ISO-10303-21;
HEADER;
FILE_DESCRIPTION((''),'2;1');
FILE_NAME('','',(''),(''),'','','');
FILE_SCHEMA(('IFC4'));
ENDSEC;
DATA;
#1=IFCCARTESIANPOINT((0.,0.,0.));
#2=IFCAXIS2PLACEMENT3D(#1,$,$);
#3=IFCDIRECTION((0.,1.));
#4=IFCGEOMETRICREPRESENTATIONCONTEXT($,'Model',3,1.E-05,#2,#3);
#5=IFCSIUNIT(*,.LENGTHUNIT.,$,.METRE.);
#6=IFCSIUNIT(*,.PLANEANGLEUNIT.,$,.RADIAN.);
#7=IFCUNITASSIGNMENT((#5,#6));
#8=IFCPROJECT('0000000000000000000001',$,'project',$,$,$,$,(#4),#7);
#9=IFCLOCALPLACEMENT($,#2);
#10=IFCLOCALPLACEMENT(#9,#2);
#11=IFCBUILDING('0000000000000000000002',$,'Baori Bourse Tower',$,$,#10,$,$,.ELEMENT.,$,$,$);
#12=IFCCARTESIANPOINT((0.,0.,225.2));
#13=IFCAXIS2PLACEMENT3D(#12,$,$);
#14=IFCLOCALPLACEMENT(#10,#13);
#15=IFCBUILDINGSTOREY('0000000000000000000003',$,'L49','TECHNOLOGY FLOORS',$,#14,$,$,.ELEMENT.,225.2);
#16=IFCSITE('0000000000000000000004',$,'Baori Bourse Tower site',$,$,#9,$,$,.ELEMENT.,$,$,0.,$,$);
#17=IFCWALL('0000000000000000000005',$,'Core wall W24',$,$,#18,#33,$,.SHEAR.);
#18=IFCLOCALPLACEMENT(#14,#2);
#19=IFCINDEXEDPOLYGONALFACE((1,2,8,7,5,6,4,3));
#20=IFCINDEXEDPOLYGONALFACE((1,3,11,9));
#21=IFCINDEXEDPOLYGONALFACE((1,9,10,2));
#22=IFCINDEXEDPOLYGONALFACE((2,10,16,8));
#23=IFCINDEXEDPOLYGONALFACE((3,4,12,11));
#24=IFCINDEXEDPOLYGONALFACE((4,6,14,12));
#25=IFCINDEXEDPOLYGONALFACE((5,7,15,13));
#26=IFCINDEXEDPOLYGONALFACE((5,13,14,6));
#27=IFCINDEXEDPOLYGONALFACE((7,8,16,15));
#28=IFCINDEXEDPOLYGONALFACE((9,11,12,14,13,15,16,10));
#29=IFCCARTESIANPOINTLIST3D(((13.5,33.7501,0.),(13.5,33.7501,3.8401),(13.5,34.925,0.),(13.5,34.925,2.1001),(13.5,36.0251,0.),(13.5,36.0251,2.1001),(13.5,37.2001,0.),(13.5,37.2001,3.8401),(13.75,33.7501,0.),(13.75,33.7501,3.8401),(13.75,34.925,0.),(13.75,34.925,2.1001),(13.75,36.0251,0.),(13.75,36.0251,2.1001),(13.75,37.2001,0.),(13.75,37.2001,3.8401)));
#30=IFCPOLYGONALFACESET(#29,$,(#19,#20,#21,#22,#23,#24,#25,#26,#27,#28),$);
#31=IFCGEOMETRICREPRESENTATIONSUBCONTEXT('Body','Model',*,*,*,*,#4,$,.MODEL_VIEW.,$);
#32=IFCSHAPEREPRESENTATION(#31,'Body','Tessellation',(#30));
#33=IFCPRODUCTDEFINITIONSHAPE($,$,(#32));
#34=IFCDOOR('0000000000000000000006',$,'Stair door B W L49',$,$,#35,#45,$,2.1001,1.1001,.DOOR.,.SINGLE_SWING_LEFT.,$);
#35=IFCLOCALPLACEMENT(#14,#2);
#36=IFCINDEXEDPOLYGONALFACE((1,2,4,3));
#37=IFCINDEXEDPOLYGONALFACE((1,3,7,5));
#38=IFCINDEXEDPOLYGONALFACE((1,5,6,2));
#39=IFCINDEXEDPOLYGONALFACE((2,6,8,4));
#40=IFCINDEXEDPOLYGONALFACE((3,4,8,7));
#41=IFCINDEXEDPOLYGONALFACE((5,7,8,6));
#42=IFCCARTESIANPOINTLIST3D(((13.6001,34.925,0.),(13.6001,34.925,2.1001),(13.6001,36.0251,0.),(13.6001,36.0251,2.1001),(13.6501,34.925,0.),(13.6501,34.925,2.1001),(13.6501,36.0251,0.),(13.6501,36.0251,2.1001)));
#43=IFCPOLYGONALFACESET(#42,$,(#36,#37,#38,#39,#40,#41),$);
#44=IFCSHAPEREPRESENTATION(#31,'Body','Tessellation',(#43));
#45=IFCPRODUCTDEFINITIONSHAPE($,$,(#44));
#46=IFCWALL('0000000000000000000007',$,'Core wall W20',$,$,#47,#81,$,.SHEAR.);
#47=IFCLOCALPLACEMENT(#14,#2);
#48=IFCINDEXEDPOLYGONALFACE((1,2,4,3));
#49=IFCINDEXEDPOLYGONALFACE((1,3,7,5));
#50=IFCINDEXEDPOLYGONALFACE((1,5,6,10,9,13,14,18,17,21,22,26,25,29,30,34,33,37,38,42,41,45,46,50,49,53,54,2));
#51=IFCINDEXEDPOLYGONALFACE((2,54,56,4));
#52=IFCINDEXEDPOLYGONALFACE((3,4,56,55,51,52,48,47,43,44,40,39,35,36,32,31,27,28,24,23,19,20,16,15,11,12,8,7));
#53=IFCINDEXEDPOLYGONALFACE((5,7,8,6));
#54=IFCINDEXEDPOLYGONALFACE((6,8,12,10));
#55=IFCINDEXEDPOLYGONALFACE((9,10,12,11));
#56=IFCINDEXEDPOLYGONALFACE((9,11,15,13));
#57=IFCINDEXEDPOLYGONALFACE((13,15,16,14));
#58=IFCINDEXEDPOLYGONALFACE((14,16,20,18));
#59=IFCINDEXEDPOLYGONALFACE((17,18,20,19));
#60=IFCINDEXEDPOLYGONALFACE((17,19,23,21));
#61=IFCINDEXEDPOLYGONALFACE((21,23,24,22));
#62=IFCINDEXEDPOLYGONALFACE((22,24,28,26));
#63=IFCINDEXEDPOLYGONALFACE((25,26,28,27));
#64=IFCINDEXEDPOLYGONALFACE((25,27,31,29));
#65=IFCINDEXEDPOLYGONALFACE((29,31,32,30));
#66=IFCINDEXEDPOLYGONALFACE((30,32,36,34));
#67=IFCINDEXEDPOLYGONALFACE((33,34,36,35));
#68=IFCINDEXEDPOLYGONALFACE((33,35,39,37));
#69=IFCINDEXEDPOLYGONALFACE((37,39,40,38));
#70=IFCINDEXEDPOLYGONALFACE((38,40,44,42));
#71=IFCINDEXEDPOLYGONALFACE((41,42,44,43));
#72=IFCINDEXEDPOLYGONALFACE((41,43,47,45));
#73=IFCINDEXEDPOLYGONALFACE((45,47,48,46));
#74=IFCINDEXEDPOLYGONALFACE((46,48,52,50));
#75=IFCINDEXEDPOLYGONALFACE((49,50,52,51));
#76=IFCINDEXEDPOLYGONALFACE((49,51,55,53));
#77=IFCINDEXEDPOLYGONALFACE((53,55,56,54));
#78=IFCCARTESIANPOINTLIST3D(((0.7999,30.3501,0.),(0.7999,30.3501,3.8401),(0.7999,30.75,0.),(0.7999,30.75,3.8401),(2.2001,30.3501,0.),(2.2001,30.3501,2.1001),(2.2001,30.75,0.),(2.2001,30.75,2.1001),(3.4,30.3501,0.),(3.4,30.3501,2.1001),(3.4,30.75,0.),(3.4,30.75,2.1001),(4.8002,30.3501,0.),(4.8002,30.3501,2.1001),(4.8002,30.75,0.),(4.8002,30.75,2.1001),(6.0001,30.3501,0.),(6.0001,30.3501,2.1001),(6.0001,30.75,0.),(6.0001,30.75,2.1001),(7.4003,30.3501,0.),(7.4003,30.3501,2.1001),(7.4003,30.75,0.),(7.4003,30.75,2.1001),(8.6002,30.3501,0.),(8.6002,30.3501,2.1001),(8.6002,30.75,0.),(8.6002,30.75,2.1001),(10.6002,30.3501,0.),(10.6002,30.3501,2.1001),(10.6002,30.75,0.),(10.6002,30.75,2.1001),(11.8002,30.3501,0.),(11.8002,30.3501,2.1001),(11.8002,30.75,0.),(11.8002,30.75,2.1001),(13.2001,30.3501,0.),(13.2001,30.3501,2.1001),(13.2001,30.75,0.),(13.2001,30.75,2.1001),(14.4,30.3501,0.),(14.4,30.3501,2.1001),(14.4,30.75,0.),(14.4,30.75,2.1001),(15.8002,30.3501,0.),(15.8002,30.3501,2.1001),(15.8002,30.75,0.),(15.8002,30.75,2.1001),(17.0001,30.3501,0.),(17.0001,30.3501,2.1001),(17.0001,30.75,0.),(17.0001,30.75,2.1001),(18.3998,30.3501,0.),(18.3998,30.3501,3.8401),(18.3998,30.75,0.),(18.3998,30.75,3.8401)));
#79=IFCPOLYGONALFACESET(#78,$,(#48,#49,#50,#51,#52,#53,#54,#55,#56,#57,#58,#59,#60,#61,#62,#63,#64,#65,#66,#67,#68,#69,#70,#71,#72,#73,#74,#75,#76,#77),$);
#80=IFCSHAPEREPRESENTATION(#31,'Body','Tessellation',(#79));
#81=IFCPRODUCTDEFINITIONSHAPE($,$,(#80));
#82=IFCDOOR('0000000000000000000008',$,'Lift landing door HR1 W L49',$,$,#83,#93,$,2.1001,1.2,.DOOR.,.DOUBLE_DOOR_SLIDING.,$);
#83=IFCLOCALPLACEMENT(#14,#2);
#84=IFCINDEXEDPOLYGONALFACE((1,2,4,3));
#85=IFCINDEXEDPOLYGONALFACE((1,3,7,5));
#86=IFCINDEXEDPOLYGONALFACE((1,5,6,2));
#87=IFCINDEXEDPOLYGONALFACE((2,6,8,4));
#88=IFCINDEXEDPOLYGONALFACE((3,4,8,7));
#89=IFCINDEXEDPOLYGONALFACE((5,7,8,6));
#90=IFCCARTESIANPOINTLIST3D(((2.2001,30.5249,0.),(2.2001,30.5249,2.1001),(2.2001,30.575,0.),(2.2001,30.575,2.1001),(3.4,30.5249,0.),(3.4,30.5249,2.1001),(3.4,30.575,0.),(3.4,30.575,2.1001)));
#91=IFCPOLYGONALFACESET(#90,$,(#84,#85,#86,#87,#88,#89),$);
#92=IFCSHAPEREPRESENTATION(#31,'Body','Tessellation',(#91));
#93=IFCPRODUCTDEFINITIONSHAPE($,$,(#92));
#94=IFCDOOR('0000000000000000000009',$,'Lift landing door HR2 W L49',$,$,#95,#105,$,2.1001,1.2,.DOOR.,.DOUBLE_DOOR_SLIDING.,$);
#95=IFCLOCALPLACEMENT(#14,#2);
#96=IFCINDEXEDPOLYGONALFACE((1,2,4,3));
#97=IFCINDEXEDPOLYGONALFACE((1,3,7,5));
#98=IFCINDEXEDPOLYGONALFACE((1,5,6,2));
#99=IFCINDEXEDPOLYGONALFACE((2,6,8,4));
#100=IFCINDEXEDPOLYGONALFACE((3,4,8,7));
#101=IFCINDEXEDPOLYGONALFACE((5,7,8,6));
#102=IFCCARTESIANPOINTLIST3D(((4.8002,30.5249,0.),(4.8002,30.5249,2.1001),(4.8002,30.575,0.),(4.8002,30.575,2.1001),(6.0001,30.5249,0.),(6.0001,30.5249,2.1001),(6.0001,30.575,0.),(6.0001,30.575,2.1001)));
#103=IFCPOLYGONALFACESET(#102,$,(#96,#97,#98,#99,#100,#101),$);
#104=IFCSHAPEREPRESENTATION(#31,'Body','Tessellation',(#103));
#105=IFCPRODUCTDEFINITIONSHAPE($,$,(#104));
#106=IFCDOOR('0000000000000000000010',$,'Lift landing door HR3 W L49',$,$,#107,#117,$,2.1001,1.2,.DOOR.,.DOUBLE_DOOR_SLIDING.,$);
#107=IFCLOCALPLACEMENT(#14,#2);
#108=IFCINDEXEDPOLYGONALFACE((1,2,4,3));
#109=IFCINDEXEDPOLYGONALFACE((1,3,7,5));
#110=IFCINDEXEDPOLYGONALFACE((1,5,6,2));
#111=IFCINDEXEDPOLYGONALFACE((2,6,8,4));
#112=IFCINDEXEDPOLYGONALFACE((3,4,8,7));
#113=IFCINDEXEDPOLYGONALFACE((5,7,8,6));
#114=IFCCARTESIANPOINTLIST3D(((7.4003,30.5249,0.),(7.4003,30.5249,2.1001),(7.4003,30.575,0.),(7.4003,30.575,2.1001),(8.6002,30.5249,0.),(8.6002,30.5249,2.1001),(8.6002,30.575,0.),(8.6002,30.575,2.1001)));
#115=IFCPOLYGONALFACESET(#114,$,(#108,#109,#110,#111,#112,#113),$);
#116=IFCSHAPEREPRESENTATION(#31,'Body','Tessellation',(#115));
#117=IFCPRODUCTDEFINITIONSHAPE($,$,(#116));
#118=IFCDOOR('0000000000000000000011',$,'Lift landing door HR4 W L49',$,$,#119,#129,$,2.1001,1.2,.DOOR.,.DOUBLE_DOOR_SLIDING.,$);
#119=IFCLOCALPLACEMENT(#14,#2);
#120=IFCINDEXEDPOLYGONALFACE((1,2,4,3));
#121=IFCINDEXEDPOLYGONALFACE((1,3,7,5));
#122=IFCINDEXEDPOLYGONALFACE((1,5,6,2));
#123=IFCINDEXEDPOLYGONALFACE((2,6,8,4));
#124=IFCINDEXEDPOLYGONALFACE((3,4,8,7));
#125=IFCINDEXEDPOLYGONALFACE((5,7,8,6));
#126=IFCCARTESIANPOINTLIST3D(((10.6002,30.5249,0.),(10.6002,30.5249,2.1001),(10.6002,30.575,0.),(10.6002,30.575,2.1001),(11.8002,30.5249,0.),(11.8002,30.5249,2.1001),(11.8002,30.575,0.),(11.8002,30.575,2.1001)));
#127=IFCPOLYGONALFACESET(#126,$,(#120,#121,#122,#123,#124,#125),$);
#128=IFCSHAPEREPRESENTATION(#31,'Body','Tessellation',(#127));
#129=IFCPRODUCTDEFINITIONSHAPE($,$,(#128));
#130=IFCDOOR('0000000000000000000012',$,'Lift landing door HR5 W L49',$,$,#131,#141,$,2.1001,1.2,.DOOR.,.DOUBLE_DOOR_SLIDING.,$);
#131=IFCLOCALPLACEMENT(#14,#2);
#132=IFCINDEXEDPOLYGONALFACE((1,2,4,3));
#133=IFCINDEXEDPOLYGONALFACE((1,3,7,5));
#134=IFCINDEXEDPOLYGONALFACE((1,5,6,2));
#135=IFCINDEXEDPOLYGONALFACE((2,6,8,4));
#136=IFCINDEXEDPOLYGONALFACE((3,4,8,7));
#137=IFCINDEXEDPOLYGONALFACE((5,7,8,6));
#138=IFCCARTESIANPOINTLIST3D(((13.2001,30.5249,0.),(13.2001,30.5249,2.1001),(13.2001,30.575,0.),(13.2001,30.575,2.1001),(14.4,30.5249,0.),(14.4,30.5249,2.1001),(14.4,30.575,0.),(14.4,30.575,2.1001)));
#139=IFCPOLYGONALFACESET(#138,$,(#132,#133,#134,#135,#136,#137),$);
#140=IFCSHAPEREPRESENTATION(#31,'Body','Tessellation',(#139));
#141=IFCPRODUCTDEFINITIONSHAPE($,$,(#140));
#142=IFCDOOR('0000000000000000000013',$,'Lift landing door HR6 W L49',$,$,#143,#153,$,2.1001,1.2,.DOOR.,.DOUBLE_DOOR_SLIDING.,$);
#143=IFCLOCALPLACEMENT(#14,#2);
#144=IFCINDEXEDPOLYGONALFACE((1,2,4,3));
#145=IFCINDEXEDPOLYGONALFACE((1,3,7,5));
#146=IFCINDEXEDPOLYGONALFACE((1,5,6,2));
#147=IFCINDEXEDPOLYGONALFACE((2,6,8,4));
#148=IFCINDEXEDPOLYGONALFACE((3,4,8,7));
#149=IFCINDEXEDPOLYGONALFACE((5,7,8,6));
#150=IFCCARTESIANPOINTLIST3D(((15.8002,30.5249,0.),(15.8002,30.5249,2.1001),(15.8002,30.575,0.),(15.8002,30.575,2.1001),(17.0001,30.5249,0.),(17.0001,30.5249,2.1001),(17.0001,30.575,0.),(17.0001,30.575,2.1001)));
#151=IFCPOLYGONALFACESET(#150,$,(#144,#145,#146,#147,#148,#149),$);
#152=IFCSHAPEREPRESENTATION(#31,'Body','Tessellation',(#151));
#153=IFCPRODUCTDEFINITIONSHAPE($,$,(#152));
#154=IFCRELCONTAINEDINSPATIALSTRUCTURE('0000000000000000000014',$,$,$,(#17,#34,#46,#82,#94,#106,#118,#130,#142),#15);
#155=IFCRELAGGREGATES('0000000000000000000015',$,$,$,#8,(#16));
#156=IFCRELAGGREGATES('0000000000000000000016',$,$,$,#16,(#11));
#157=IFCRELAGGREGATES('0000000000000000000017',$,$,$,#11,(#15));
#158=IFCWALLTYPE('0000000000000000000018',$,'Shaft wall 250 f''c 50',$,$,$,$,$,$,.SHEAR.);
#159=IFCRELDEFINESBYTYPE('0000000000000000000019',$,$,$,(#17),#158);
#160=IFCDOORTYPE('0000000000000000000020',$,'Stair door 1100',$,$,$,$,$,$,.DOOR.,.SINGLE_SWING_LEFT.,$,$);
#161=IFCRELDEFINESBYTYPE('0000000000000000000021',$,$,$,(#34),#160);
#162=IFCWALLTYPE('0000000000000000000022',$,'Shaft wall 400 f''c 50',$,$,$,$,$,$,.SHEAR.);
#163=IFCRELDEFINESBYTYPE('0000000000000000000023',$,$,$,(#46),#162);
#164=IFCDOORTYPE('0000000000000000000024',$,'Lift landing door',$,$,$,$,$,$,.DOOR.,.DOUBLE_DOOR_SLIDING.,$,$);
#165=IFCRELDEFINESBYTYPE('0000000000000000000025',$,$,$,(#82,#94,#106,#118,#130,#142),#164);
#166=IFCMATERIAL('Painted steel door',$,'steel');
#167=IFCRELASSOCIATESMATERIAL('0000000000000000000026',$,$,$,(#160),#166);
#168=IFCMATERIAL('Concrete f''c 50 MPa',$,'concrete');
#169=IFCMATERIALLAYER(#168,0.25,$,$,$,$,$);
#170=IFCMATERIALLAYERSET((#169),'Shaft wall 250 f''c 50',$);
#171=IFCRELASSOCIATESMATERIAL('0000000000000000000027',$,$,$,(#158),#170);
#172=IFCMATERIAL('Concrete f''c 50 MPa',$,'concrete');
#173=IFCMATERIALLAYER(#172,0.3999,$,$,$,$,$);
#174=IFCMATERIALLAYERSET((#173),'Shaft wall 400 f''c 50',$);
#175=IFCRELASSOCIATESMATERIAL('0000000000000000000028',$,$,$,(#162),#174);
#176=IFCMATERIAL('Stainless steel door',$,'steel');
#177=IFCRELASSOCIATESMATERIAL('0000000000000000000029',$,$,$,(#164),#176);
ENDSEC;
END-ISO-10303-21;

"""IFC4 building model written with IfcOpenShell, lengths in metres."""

from ifc_helpers import new_model, si_unit, direction, frame, frame_2d, origin, place, context, subcontext, project, spatial, rectangle, extrude, material, layer, layer_set, type_object, element, fill, save


model = new_model("IFC4")

# Units and contexts
model_context = context("Model", 3, precision=1e-05, world=origin(), true_north=direction((0.0, 1.0)))
body_context = subcontext(model_context, "Body", "Model", "MODEL_VIEW")
ifc_project = project(units=[si_unit("LENGTHUNIT", "METRE"), si_unit("PLANEANGLEUNIT", "RADIAN")], contexts=[model_context])

# Site, building, storey
site_placement = place(None, origin())
site = spatial("IfcSite", under=ifc_project, at=site_placement, Name="Baori Bourse Tower site", CompositionType="ELEMENT", RefElevation=0.0)
building_placement = place(site_placement, origin())
building = spatial("IfcBuilding", under=site, at=building_placement, Name="Baori Bourse Tower", CompositionType="ELEMENT")
storey_placement = place(building_placement, frame((0.0, 0.0, 225.2)))
storey = spatial("IfcBuildingStorey", under=building, at=storey_placement, Name="L49", Description="TECHNOLOGY FLOORS", CompositionType="ELEMENT", Elevation=225.2)

# Shared definitions
ifc_material_1 = material(Name="Painted steel door", Category="steel")
door_type_1 = type_object("IfcDoorType", Name="Stair door 1100", OperationType="SINGLE_SWING_LEFT", PredefinedType="DOOR", material=ifc_material_1)

# Wall, opening, door
ifc_material_2 = material(Name="Concrete f'c 50 MPa", Category="concrete")
ifc_layer_1 = layer(ifc_material_2, 0.25)
ifc_layer_set_1 = layer_set([ifc_layer_1], Name="Shaft wall 250 f'c 50")
wall_type_1 = type_object("IfcWallType", Name="Shaft wall 250 f'c 50", PredefinedType="SHEAR", material=ifc_layer_set_1)
wall_1_placement = place(storey_placement, frame((13.625, 33.75, 0.0), z_axis=(0.0, 0.0, 1.0), x_axis=(0.0, 1.0, 0.0)))
wall_1 = element("IfcWall", 1, at=wall_1_placement, inside=storey, type_object=wall_type_1, Name="Core wall W24", PredefinedType="SHEAR", context=body_context, shape_type="SweptSolid", body=[
    extrude(rectangle(XDim=3.45, YDim=0.25, at=frame_2d((1.7251, 0.0))), origin(), (0.0, 0.0, 1.0), 3.8401),
])
opening_1_placement = place(wall_1_placement, frame((1.175, 0.0, 0.0)))
opening_1 = element("IfcOpeningElement", 2, at=opening_1_placement, cuts=wall_1, PredefinedType="OPENING", context=body_context, shape_type="SweptSolid", body=[
    extrude(rectangle(XDim=1.1001, YDim=2.1001, at=frame_2d((0.55, 1.05))), frame((0.0, 0.135, 0.0), z_axis=(0.0, -1.0, 0.0), x_axis=(1.0, 0.0, 0.0)), (0.0, 0.0, 1.0), 0.27),
])
door_1_placement = place(opening_1_placement, origin())
door_1 = element("IfcDoor", 3, at=door_1_placement, inside=storey, type_object=door_type_1, Name="Stair door B W L49", OperationType="SINGLE_SWING_LEFT", OverallHeight=2.1001, OverallWidth=1.1001, PredefinedType="DOOR", context=body_context, shape_type="SweptSolid", body=[
    extrude(rectangle(XDim=1.1001, YDim=2.1001, at=frame_2d((0.55, 1.05))), frame((0.0, 0.0249, 0.0), z_axis=(0.0, -1.0, 0.0), x_axis=(1.0, 0.0, 0.0)), (0.0, 0.0, 1.0), 0.05),
])
fill(opening_1, door_1)

# Wall, openings, doors
ifc_material_3 = material(Name="Concrete f'c 50 MPa", Category="concrete")
ifc_layer_2 = layer(ifc_material_3, 0.3999)
ifc_layer_set_2 = layer_set([ifc_layer_2], Name="Shaft wall 400 f'c 50")
wall_type_2 = type_object("IfcWallType", Name="Shaft wall 400 f'c 50", PredefinedType="SHEAR", material=ifc_layer_set_2)
wall_2_placement = place(storey_placement, frame((0.8, 30.55, 0.0), z_axis=(0.0, 0.0, 1.0), x_axis=(1.0, 0.0, 0.0)))
wall_2 = element("IfcWall", 4, at=wall_2_placement, inside=storey, type_object=wall_type_2, Name="Core wall W20", PredefinedType="SHEAR", context=body_context, shape_type="SweptSolid", body=[
    extrude(rectangle(XDim=17.5999, YDim=0.3999, at=frame_2d((8.7998, 0.0))), origin(), (0.0, 0.0, 1.0), 3.8401),
])
opening_2_placement = place(wall_2_placement, frame((1.3999, 0.0, 0.0)))
opening_2 = element("IfcOpeningElement", 5, at=opening_2_placement, cuts=wall_2, PredefinedType="OPENING", context=body_context, shape_type="SweptSolid", body=[
    extrude(rectangle(XDim=1.2, YDim=2.1001, at=frame_2d((0.6001, 1.05))), frame((0.0, 0.21, 0.0), z_axis=(0.0, -1.0, 0.0), x_axis=(1.0, 0.0, 0.0)), (0.0, 0.0, 1.0), 0.4199),
])
opening_3_placement = place(wall_2_placement, frame((4.0, 0.0, 0.0)))
opening_3 = element("IfcOpeningElement", 6, at=opening_3_placement, cuts=wall_2, PredefinedType="OPENING", context=body_context, shape_type="SweptSolid", body=[
    extrude(rectangle(XDim=1.2, YDim=2.1001, at=frame_2d((0.6001, 1.05))), frame((0.0, 0.21, 0.0), z_axis=(0.0, -1.0, 0.0), x_axis=(1.0, 0.0, 0.0)), (0.0, 0.0, 1.0), 0.4199),
])
opening_4_placement = place(wall_2_placement, frame((6.6001, 0.0, 0.0)))
opening_4 = element("IfcOpeningElement", 7, at=opening_4_placement, cuts=wall_2, PredefinedType="OPENING", context=body_context, shape_type="SweptSolid", body=[
    extrude(rectangle(XDim=1.2, YDim=2.1001, at=frame_2d((0.6001, 1.05))), frame((0.0, 0.21, 0.0), z_axis=(0.0, -1.0, 0.0), x_axis=(1.0, 0.0, 0.0)), (0.0, 0.0, 1.0), 0.4199),
])
opening_5_placement = place(wall_2_placement, frame((9.8, 0.0, 0.0)))
opening_5 = element("IfcOpeningElement", 8, at=opening_5_placement, cuts=wall_2, PredefinedType="OPENING", context=body_context, shape_type="SweptSolid", body=[
    extrude(rectangle(XDim=1.2, YDim=2.1001, at=frame_2d((0.6001, 1.05))), frame((0.0, 0.21, 0.0), z_axis=(0.0, -1.0, 0.0), x_axis=(1.0, 0.0, 0.0)), (0.0, 0.0, 1.0), 0.4199),
])
opening_6_placement = place(wall_2_placement, frame((12.3999, 0.0, 0.0)))
opening_6 = element("IfcOpeningElement", 9, at=opening_6_placement, cuts=wall_2, PredefinedType="OPENING", context=body_context, shape_type="SweptSolid", body=[
    extrude(rectangle(XDim=1.2, YDim=2.1001, at=frame_2d((0.6001, 1.05))), frame((0.0, 0.21, 0.0), z_axis=(0.0, -1.0, 0.0), x_axis=(1.0, 0.0, 0.0)), (0.0, 0.0, 1.0), 0.4199),
])
opening_7_placement = place(wall_2_placement, frame((15.0, 0.0, 0.0)))
opening_7 = element("IfcOpeningElement", 10, at=opening_7_placement, cuts=wall_2, PredefinedType="OPENING", context=body_context, shape_type="SweptSolid", body=[
    extrude(rectangle(XDim=1.2, YDim=2.1001, at=frame_2d((0.6001, 1.05))), frame((0.0, 0.21, 0.0), z_axis=(0.0, -1.0, 0.0), x_axis=(1.0, 0.0, 0.0)), (0.0, 0.0, 1.0), 0.4199),
])
ifc_material_4 = material(Name="Stainless steel door", Category="steel")
door_type_2 = type_object("IfcDoorType", Name="Lift landing door", OperationType="DOUBLE_DOOR_SLIDING", PredefinedType="DOOR", material=ifc_material_4)
door_2_placement = place(opening_2_placement, origin())
door_2 = element("IfcDoor", 11, at=door_2_placement, inside=storey, type_object=door_type_2, Name="Lift landing door HR1 W L49", OperationType="DOUBLE_DOOR_SLIDING", OverallHeight=2.1001, OverallWidth=1.2, PredefinedType="DOOR", context=body_context, shape_type="SweptSolid", body=[
    extrude(rectangle(XDim=1.2, YDim=2.1001, at=frame_2d((0.6001, 1.05))), frame((0.0, 0.0249, 0.0), z_axis=(0.0, -1.0, 0.0), x_axis=(1.0, 0.0, 0.0)), (0.0, 0.0, 1.0), 0.05),
])
fill(opening_2, door_2)
door_3_placement = place(opening_3_placement, origin())
door_3 = element("IfcDoor", 12, at=door_3_placement, inside=storey, type_object=door_type_2, Name="Lift landing door HR2 W L49", OperationType="DOUBLE_DOOR_SLIDING", OverallHeight=2.1001, OverallWidth=1.2, PredefinedType="DOOR", context=body_context, shape_type="SweptSolid", body=[
    extrude(rectangle(XDim=1.2, YDim=2.1001, at=frame_2d((0.6001, 1.05))), frame((0.0, 0.0249, 0.0), z_axis=(0.0, -1.0, 0.0), x_axis=(1.0, 0.0, 0.0)), (0.0, 0.0, 1.0), 0.05),
])
fill(opening_3, door_3)
door_4_placement = place(opening_4_placement, origin())
door_4 = element("IfcDoor", 13, at=door_4_placement, inside=storey, type_object=door_type_2, Name="Lift landing door HR3 W L49", OperationType="DOUBLE_DOOR_SLIDING", OverallHeight=2.1001, OverallWidth=1.2, PredefinedType="DOOR", context=body_context, shape_type="SweptSolid", body=[
    extrude(rectangle(XDim=1.2, YDim=2.1001, at=frame_2d((0.6001, 1.05))), frame((0.0, 0.0249, 0.0), z_axis=(0.0, -1.0, 0.0), x_axis=(1.0, 0.0, 0.0)), (0.0, 0.0, 1.0), 0.05),
])
fill(opening_4, door_4)
door_5_placement = place(opening_5_placement, origin())
door_5 = element("IfcDoor", 14, at=door_5_placement, inside=storey, type_object=door_type_2, Name="Lift landing door HR4 W L49", OperationType="DOUBLE_DOOR_SLIDING", OverallHeight=2.1001, OverallWidth=1.2, PredefinedType="DOOR", context=body_context, shape_type="SweptSolid", body=[
    extrude(rectangle(XDim=1.2, YDim=2.1001, at=frame_2d((0.6001, 1.05))), frame((0.0, 0.0249, 0.0), z_axis=(0.0, -1.0, 0.0), x_axis=(1.0, 0.0, 0.0)), (0.0, 0.0, 1.0), 0.05),
])
fill(opening_5, door_5)
door_6_placement = place(opening_6_placement, origin())
door_6 = element("IfcDoor", 15, at=door_6_placement, inside=storey, type_object=door_type_2, Name="Lift landing door HR5 W L49", OperationType="DOUBLE_DOOR_SLIDING", OverallHeight=2.1001, OverallWidth=1.2, PredefinedType="DOOR", context=body_context, shape_type="SweptSolid", body=[
    extrude(rectangle(XDim=1.2, YDim=2.1001, at=frame_2d((0.6001, 1.05))), frame((0.0, 0.0249, 0.0), z_axis=(0.0, -1.0, 0.0), x_axis=(1.0, 0.0, 0.0)), (0.0, 0.0, 1.0), 0.05),
])
fill(opening_6, door_6)
door_7_placement = place(opening_7_placement, origin())
door_7 = element("IfcDoor", 16, at=door_7_placement, inside=storey, type_object=door_type_2, Name="Lift landing door HR6 W L49", OperationType="DOUBLE_DOOR_SLIDING", OverallHeight=2.1001, OverallWidth=1.2, PredefinedType="DOOR", context=body_context, shape_type="SweptSolid", body=[
    extrude(rectangle(XDim=1.2, YDim=2.1001, at=frame_2d((0.6001, 1.05))), frame((0.0, 0.0249, 0.0), z_axis=(0.0, -1.0, 0.0), x_axis=(1.0, 0.0, 0.0)), (0.0, 0.0, 1.0), 0.05),
])
fill(opening_7, door_7)

save(model, "model.ifc")
